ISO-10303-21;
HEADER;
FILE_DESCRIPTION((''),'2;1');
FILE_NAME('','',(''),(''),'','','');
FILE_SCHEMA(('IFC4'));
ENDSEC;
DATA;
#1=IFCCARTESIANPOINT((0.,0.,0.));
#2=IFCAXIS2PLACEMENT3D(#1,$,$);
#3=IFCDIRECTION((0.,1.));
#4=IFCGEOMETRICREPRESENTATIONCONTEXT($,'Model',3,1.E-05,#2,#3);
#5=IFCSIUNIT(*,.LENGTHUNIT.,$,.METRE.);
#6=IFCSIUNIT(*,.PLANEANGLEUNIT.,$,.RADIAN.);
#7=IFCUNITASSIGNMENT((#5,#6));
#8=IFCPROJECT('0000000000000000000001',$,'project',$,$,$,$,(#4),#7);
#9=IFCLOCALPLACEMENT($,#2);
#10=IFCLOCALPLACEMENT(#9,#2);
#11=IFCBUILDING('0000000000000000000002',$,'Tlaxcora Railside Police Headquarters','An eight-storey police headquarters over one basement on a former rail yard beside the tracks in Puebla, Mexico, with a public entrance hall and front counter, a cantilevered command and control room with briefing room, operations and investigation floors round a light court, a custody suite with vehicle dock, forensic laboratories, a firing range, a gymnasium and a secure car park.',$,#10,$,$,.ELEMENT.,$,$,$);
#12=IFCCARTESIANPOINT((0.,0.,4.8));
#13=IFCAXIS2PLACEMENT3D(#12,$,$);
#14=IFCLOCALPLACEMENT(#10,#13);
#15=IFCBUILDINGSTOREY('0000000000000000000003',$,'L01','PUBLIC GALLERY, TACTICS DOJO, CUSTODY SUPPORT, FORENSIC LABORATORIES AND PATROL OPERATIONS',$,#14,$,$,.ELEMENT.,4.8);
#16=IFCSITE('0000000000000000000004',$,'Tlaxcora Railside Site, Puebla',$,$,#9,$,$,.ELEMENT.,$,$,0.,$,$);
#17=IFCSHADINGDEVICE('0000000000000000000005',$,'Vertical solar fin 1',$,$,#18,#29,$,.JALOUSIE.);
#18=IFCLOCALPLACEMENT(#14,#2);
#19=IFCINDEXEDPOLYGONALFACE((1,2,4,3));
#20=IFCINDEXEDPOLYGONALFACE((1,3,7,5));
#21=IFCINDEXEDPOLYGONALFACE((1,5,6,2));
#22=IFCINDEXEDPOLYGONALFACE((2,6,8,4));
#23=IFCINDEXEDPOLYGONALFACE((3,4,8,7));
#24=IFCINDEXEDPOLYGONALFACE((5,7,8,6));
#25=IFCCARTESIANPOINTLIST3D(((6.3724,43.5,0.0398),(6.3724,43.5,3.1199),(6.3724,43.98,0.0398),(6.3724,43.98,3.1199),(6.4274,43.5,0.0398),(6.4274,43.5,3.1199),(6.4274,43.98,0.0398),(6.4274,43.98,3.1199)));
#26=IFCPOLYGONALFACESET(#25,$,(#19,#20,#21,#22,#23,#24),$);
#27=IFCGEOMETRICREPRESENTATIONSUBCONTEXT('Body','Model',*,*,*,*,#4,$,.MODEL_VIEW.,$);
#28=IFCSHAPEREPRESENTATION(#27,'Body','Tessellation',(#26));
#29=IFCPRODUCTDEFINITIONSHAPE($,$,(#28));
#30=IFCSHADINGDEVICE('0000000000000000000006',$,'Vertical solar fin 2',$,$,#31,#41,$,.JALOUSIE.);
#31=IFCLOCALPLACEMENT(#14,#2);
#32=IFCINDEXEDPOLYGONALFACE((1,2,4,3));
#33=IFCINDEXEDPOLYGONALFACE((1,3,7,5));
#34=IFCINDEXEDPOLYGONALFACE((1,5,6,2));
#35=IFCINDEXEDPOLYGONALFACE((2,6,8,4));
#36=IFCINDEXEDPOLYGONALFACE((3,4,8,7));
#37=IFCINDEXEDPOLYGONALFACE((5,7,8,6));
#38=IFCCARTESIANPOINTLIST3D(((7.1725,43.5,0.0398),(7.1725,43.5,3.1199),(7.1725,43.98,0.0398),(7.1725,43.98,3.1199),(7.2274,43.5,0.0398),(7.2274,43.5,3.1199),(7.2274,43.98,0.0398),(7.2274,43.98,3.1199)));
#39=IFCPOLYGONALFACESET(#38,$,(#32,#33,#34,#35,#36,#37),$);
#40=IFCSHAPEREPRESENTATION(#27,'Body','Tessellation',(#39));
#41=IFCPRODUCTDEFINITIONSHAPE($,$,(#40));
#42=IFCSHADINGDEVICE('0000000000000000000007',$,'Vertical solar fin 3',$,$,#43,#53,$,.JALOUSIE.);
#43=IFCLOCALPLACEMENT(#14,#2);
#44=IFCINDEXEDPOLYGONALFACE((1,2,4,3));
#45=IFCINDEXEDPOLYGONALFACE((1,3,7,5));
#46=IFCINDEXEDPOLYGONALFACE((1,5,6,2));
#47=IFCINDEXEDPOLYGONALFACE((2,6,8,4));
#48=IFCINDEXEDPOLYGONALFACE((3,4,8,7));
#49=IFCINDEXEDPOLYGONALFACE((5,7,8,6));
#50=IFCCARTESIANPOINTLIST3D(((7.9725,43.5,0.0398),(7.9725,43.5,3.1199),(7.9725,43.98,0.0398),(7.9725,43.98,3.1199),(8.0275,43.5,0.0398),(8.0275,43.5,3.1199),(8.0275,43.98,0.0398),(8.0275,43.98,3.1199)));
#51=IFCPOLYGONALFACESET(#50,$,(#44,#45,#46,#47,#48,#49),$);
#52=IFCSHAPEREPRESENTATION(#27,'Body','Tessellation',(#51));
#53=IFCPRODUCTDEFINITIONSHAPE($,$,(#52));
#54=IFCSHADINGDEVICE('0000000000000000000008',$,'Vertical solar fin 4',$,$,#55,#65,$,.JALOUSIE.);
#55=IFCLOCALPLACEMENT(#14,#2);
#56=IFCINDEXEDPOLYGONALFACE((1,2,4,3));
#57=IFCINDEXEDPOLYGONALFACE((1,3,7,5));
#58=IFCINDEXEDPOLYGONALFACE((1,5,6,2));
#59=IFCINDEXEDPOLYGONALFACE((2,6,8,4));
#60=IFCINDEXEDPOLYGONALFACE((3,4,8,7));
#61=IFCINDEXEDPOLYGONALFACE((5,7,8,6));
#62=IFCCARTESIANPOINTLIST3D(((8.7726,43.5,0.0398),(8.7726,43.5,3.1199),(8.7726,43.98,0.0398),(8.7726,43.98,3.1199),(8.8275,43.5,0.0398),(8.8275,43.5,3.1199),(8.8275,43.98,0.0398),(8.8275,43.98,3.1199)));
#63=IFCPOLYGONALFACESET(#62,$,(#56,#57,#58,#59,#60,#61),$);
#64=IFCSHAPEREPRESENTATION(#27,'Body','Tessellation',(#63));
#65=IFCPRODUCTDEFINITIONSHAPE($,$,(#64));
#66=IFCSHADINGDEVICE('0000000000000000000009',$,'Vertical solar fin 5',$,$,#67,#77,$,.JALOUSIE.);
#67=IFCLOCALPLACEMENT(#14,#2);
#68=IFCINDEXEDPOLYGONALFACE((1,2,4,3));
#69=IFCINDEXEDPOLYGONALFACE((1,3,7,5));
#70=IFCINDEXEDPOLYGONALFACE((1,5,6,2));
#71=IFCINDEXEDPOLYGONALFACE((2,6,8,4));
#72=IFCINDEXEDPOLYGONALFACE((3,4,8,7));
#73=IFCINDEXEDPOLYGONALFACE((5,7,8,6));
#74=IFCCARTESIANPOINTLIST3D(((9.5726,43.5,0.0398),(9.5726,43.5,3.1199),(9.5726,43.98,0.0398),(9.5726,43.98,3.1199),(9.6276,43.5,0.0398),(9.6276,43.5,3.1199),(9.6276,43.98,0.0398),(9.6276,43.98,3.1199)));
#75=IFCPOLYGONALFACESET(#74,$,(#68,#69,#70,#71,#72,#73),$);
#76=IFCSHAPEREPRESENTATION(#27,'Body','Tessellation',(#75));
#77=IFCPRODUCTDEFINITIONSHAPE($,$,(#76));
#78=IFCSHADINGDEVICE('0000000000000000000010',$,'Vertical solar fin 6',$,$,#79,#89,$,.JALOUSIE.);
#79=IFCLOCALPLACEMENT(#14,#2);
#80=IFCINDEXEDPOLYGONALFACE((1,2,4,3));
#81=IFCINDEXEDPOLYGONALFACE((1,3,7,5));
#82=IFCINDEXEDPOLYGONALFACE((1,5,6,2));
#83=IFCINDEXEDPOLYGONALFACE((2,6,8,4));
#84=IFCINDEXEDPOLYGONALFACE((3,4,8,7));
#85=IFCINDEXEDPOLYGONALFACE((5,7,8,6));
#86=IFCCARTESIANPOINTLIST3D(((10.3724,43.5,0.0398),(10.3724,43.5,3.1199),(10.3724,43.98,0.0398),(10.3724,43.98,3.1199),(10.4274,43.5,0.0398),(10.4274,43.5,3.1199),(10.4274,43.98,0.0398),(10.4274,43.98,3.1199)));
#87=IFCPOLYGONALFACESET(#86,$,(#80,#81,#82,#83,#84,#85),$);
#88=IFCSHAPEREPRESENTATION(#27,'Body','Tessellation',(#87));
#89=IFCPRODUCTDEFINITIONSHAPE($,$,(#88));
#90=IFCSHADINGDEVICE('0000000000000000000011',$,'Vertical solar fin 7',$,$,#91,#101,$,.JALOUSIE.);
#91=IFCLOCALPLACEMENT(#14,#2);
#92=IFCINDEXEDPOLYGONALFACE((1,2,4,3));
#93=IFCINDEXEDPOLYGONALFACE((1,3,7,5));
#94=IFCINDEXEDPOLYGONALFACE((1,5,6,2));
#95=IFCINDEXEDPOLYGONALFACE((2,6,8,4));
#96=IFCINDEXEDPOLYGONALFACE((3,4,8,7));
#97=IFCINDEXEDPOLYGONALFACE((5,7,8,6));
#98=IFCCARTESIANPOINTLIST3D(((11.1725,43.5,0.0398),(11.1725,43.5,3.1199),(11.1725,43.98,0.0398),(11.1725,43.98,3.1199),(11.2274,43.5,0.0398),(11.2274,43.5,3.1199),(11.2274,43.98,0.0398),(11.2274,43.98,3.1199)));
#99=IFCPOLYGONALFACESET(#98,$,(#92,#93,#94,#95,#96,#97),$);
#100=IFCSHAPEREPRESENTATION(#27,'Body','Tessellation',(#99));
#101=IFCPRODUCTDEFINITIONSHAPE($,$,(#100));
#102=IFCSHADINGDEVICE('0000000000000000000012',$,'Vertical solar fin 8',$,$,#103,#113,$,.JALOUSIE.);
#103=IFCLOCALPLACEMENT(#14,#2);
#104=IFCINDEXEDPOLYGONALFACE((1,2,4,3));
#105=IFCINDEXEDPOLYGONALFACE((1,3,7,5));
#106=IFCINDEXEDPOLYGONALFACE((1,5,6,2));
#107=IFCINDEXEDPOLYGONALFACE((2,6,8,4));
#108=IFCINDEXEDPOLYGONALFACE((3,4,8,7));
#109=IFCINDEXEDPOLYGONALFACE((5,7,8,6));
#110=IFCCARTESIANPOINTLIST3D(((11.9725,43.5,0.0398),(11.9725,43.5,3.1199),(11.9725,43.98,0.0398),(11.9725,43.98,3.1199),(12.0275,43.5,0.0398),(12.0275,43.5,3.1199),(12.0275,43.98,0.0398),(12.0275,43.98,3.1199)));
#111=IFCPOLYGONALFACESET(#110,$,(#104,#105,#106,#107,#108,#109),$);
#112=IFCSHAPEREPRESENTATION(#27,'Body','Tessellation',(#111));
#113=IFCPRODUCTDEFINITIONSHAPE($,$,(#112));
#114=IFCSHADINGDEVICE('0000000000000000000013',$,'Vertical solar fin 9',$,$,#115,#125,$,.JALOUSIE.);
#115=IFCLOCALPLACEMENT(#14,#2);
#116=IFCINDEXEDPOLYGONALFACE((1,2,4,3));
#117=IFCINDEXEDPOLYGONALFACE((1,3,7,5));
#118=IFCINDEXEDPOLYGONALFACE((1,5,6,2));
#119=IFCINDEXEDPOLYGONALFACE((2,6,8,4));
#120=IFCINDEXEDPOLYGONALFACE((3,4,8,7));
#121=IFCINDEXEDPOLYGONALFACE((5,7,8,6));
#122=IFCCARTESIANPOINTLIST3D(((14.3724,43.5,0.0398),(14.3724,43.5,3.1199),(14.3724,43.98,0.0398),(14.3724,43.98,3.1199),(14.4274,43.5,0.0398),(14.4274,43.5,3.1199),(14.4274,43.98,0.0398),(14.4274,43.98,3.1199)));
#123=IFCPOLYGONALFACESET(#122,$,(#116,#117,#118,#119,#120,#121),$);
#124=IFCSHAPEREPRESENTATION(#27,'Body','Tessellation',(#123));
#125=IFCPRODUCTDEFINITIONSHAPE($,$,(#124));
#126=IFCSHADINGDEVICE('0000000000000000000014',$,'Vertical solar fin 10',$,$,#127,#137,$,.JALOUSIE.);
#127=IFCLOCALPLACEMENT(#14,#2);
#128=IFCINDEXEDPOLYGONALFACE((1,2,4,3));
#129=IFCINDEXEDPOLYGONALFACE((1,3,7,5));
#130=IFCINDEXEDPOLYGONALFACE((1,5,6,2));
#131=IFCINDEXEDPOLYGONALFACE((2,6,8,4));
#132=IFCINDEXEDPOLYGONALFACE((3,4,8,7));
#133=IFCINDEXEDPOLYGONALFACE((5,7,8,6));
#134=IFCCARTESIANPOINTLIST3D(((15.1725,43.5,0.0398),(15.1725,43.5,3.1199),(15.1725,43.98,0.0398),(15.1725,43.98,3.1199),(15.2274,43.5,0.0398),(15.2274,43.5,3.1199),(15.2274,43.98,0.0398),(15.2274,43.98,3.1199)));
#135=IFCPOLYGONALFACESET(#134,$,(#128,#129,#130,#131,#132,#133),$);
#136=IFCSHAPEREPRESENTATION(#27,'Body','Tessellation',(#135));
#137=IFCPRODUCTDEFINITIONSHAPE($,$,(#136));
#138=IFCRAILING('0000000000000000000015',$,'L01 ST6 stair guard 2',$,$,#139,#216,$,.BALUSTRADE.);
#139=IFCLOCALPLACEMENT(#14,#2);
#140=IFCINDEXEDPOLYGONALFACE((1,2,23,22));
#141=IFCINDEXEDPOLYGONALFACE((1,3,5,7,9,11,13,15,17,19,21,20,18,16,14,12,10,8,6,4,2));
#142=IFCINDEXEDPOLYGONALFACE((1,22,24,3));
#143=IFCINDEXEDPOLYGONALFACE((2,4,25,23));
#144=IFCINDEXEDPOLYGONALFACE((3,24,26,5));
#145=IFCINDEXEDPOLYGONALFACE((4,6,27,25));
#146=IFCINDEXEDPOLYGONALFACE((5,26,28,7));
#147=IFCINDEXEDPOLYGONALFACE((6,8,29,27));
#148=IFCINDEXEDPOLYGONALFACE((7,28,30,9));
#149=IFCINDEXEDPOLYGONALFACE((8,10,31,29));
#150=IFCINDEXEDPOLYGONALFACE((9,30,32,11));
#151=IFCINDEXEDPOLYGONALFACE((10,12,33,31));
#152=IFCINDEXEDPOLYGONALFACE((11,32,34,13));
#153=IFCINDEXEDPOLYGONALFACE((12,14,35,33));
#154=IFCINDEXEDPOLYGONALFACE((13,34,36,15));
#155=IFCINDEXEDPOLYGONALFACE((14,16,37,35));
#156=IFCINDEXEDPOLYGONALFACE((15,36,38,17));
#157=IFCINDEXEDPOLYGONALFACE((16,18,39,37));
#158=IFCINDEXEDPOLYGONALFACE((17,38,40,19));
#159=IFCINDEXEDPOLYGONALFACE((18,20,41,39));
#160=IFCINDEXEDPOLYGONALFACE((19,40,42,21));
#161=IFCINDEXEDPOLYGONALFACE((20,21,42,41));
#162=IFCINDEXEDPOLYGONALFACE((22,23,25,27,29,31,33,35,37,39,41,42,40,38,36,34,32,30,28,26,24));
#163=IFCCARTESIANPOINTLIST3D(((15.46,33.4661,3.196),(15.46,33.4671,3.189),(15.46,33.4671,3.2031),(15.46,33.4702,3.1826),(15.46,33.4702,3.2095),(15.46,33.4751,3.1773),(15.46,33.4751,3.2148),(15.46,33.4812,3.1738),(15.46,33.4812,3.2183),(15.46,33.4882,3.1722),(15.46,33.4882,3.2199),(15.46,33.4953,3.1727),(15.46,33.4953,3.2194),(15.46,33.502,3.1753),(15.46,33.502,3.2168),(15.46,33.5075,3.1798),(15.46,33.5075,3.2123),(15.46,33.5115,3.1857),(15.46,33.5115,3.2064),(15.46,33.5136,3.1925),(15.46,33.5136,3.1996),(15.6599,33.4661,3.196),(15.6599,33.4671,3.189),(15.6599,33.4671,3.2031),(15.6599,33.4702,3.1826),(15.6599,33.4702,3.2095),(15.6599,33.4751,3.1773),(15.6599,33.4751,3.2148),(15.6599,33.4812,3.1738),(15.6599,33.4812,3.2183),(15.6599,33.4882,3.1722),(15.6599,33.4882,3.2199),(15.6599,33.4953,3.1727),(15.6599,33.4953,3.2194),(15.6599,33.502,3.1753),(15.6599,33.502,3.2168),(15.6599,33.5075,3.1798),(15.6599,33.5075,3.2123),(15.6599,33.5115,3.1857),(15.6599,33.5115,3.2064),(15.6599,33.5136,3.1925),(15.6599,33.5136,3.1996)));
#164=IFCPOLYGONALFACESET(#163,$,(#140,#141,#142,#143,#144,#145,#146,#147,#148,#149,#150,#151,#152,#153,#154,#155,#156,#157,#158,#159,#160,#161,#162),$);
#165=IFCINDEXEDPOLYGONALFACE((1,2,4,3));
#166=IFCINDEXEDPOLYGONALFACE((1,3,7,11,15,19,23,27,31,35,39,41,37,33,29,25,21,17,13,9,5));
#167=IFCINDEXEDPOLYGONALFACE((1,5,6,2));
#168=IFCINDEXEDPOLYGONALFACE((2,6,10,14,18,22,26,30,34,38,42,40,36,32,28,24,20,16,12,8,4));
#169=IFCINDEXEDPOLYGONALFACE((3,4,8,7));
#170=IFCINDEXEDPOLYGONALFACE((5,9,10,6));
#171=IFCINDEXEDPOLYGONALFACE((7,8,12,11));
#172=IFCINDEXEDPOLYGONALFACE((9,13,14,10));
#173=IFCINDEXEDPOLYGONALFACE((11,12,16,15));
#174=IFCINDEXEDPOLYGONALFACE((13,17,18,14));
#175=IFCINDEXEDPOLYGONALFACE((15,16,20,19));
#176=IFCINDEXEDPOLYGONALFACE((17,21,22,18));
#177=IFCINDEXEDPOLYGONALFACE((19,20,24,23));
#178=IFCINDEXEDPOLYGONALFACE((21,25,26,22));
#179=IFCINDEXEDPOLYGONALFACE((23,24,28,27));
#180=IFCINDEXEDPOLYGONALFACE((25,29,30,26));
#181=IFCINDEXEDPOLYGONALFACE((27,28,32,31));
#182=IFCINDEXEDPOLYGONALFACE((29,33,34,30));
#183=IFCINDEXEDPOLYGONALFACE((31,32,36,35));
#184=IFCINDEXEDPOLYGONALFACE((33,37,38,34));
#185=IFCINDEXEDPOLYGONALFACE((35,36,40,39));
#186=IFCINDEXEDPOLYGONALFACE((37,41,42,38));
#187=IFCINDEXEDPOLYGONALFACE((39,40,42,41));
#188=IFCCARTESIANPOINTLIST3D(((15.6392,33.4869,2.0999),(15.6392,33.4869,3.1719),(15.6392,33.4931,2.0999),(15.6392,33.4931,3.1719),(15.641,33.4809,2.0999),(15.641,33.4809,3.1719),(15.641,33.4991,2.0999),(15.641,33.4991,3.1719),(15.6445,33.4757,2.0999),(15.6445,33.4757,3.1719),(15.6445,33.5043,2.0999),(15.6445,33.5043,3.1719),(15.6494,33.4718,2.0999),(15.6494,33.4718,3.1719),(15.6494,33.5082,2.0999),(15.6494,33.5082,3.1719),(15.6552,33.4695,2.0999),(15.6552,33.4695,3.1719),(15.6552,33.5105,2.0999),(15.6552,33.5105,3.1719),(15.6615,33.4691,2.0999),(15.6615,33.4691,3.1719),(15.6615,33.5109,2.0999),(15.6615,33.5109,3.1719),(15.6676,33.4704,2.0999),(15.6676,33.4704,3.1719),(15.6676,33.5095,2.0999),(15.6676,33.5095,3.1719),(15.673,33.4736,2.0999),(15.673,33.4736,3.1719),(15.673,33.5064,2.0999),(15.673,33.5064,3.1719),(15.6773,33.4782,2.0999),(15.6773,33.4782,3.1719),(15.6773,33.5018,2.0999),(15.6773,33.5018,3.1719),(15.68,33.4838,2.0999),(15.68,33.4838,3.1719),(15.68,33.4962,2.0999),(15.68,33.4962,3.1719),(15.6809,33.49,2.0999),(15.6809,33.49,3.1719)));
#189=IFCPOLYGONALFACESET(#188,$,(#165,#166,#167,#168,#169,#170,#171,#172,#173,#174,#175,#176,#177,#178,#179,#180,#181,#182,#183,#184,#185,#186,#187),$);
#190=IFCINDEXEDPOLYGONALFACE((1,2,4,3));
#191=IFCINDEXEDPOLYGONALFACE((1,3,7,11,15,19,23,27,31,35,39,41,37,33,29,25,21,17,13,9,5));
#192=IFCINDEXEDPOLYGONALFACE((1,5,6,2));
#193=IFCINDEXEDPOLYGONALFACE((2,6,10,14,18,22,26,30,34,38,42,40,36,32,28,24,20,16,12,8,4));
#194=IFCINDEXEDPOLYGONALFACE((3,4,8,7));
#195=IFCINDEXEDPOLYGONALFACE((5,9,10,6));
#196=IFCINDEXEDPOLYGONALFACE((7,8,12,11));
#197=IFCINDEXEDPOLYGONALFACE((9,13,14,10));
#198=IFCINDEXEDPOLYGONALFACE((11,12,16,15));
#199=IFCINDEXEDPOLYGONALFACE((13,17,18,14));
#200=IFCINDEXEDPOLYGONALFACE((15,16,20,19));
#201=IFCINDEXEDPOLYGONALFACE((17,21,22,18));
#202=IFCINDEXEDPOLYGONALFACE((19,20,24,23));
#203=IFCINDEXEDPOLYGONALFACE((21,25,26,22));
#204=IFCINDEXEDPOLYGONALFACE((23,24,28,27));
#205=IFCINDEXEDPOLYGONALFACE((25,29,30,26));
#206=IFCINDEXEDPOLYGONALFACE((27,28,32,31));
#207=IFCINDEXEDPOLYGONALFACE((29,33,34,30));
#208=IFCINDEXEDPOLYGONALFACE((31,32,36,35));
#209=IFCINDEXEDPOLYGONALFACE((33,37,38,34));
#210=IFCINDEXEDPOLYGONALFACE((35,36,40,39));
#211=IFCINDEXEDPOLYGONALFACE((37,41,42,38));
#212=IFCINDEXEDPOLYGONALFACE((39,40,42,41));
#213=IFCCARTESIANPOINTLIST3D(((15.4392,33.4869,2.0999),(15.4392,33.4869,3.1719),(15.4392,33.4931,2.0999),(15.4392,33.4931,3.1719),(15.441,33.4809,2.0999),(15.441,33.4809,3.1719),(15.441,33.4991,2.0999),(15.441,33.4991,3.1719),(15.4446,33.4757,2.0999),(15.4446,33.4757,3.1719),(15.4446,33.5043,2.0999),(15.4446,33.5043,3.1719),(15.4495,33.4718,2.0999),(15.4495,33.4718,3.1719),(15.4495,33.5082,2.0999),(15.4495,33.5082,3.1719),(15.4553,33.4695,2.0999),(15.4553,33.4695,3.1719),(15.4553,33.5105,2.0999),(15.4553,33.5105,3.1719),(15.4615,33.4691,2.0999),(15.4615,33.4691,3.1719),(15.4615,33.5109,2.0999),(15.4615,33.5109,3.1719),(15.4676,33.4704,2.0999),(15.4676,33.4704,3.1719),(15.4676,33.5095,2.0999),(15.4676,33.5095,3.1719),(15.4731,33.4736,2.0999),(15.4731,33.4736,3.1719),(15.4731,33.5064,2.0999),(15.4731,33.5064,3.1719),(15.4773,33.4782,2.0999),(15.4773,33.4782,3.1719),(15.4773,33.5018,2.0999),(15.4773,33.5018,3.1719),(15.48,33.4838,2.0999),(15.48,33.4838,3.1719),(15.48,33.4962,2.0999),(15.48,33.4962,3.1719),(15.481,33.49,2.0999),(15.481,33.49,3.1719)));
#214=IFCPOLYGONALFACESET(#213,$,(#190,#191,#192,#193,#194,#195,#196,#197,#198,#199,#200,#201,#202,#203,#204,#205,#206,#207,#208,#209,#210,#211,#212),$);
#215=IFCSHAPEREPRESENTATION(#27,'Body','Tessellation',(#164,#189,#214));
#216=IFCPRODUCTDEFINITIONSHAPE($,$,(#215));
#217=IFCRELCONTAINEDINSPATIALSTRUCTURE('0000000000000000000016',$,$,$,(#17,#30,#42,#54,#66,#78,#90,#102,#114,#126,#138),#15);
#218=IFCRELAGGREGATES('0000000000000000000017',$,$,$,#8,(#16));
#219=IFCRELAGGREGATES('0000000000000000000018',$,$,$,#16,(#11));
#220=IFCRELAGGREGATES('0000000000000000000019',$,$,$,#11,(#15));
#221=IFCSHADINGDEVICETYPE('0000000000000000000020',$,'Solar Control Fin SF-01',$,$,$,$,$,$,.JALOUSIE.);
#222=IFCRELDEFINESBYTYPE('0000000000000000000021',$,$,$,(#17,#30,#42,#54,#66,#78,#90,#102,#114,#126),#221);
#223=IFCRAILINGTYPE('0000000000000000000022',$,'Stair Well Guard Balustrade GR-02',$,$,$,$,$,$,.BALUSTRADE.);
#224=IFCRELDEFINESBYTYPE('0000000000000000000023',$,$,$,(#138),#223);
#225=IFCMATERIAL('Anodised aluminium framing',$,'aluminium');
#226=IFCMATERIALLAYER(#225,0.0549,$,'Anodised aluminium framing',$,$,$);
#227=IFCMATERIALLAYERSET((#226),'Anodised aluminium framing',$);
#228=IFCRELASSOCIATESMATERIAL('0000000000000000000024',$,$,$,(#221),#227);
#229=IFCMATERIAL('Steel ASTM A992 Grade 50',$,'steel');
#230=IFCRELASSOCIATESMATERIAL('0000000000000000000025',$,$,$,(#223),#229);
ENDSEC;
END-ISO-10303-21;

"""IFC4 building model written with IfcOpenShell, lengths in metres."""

from ifc_helpers import new_model, si_unit, direction, frame, origin, origin_2d, place, context, subcontext, project, spatial, rectangle, circle, extrude, material, layer, layer_set, type_object, element, save


model = new_model("IFC4")

# Units and contexts
model_context = context("Model", 3, precision=1e-05, world=origin(), true_north=direction((0.0, 1.0)))
body_context = subcontext(model_context, "Body", "Model", "MODEL_VIEW")
ifc_project = project(units=[si_unit("LENGTHUNIT", "METRE"), si_unit("PLANEANGLEUNIT", "RADIAN")], contexts=[model_context])

# Site, building, storey
site_placement = place(None, origin())
site = spatial("IfcSite", under=ifc_project, at=site_placement, Name="Tlaxcora Railside Site, Puebla", CompositionType="ELEMENT", RefElevation=0.0)
building_placement = place(site_placement, origin())
building = spatial("IfcBuilding", under=site, at=building_placement, Name="Tlaxcora Railside Police Headquarters", Description="An eight-storey police headquarters over one basement on a former rail yard beside the tracks in Puebla, Mexico, with a public entrance hall and front counter, a cantilevered command and control room with briefing room, operations and investigation floors round a light court, a custody suite with vehicle dock, forensic laboratories, a firing range, a gymnasium and a secure car park.", CompositionType="ELEMENT")
storey_placement = place(building_placement, frame((0.0, 0.0, 4.8)))
storey = spatial("IfcBuildingStorey", under=building, at=storey_placement, Name="L01", Description="PUBLIC GALLERY, TACTICS DOJO, CUSTODY SUPPORT, FORENSIC LABORATORIES AND PATROL OPERATIONS", CompositionType="ELEMENT", Elevation=4.8)

# Shading devices
ifc_material_1 = material(Name="Anodised aluminium framing", Category="aluminium")
ifc_layer_1 = layer(ifc_material_1, 0.0549, Name="Anodised aluminium framing")
ifc_layer_set_1 = layer_set([ifc_layer_1], Name="Anodised aluminium framing")
shading_device_type = type_object("IfcShadingDeviceType", Name="Solar Control Fin SF-01", PredefinedType="JALOUSIE", material=ifc_layer_set_1)
for number, where, z_axis, x_axis, name in (
    (1, (6.3999, 43.74, 0.0398), (0.0, 0.0, 1.0), (0.0, -1.0, 0.0), "Vertical solar fin 1"),
    (2, (7.2, 43.74, 0.0398), (0.0, 0.0, 1.0), (0.0, -1.0, 0.0), "Vertical solar fin 2"),
    (3, (8.0, 43.74, 0.0398), (0.0, 0.0, 1.0), (0.0, -1.0, 0.0), "Vertical solar fin 3"),
    (4, (8.8, 43.74, 0.0398), (0.0, 0.0, 1.0), (0.0, -1.0, 0.0), "Vertical solar fin 4"),
    (5, (9.6001, 43.74, 0.0398), (0.0, 0.0, 1.0), (0.0, -1.0, 0.0), "Vertical solar fin 5"),
    (6, (10.3999, 43.74, 0.0398), (0.0, 0.0, 1.0), (0.0, -1.0, 0.0), "Vertical solar fin 6"),
    (7, (11.2, 43.74, 0.0398), (0.0, 0.0, 1.0), (0.0, -1.0, 0.0), "Vertical solar fin 7"),
    (8, (12.0, 43.74, 0.0398), (0.0, 0.0, 1.0), (0.0, -1.0, 0.0), "Vertical solar fin 8"),
    (9, (14.3999, 43.74, 0.0398), (0.0, 0.0, 1.0), (0.0, -1.0, 0.0), "Vertical solar fin 9"),
    (10, (15.2, 43.74, 0.0398), (0.0, 0.0, 1.0), (0.0, -1.0, 0.0), "Vertical solar fin 10"),
):
    element("IfcShadingDevice", number, at=place(storey_placement, frame(where, z_axis=z_axis, x_axis=x_axis)), inside=storey, type_object=shading_device_type, Name=name, PredefinedType="JALOUSIE", context=body_context, shape_type="SweptSolid", body=[
        extrude(rectangle(XDim=0.48, YDim=0.0549, at=origin_2d()), origin(), (0.0, 0.0, 1.0), 3.0801),
    ])

# Railing
ifc_material_2 = material(Name="Steel ASTM A992 Grade 50", Category="steel")
railing_type_1 = type_object("IfcRailingType", Name="Stair Well Guard Balustrade GR-02", PredefinedType="BALUSTRADE", material=ifc_material_2)
railing_1_placement = place(storey_placement, frame((15.6599, 33.49, 2.0999)))
element("IfcRailing", 11, at=railing_1_placement, inside=storey, type_object=railing_type_1, Name="L01 ST6 stair guard 2", PredefinedType="BALUSTRADE", context=body_context, shape_type="SweptSolid", body=[
    extrude(circle(Radius=0.0239, at=origin_2d()), frame((0.0, 0.0, 1.0962), z_axis=(-1.0, 0.0, 0.0), x_axis=(0.0, -1.0, 0.0)), (0.0, 0.0, 1.0), 0.2),
    extrude(circle(Radius=0.021, at=origin_2d()), origin(), (0.0, 0.0, 1.0), 1.072),
    extrude(circle(Radius=0.021, at=origin_2d()), frame((-0.2, 0.0, 0.0)), (0.0, 0.0, 1.0), 1.072),
])

save(model, "model.ifc")
